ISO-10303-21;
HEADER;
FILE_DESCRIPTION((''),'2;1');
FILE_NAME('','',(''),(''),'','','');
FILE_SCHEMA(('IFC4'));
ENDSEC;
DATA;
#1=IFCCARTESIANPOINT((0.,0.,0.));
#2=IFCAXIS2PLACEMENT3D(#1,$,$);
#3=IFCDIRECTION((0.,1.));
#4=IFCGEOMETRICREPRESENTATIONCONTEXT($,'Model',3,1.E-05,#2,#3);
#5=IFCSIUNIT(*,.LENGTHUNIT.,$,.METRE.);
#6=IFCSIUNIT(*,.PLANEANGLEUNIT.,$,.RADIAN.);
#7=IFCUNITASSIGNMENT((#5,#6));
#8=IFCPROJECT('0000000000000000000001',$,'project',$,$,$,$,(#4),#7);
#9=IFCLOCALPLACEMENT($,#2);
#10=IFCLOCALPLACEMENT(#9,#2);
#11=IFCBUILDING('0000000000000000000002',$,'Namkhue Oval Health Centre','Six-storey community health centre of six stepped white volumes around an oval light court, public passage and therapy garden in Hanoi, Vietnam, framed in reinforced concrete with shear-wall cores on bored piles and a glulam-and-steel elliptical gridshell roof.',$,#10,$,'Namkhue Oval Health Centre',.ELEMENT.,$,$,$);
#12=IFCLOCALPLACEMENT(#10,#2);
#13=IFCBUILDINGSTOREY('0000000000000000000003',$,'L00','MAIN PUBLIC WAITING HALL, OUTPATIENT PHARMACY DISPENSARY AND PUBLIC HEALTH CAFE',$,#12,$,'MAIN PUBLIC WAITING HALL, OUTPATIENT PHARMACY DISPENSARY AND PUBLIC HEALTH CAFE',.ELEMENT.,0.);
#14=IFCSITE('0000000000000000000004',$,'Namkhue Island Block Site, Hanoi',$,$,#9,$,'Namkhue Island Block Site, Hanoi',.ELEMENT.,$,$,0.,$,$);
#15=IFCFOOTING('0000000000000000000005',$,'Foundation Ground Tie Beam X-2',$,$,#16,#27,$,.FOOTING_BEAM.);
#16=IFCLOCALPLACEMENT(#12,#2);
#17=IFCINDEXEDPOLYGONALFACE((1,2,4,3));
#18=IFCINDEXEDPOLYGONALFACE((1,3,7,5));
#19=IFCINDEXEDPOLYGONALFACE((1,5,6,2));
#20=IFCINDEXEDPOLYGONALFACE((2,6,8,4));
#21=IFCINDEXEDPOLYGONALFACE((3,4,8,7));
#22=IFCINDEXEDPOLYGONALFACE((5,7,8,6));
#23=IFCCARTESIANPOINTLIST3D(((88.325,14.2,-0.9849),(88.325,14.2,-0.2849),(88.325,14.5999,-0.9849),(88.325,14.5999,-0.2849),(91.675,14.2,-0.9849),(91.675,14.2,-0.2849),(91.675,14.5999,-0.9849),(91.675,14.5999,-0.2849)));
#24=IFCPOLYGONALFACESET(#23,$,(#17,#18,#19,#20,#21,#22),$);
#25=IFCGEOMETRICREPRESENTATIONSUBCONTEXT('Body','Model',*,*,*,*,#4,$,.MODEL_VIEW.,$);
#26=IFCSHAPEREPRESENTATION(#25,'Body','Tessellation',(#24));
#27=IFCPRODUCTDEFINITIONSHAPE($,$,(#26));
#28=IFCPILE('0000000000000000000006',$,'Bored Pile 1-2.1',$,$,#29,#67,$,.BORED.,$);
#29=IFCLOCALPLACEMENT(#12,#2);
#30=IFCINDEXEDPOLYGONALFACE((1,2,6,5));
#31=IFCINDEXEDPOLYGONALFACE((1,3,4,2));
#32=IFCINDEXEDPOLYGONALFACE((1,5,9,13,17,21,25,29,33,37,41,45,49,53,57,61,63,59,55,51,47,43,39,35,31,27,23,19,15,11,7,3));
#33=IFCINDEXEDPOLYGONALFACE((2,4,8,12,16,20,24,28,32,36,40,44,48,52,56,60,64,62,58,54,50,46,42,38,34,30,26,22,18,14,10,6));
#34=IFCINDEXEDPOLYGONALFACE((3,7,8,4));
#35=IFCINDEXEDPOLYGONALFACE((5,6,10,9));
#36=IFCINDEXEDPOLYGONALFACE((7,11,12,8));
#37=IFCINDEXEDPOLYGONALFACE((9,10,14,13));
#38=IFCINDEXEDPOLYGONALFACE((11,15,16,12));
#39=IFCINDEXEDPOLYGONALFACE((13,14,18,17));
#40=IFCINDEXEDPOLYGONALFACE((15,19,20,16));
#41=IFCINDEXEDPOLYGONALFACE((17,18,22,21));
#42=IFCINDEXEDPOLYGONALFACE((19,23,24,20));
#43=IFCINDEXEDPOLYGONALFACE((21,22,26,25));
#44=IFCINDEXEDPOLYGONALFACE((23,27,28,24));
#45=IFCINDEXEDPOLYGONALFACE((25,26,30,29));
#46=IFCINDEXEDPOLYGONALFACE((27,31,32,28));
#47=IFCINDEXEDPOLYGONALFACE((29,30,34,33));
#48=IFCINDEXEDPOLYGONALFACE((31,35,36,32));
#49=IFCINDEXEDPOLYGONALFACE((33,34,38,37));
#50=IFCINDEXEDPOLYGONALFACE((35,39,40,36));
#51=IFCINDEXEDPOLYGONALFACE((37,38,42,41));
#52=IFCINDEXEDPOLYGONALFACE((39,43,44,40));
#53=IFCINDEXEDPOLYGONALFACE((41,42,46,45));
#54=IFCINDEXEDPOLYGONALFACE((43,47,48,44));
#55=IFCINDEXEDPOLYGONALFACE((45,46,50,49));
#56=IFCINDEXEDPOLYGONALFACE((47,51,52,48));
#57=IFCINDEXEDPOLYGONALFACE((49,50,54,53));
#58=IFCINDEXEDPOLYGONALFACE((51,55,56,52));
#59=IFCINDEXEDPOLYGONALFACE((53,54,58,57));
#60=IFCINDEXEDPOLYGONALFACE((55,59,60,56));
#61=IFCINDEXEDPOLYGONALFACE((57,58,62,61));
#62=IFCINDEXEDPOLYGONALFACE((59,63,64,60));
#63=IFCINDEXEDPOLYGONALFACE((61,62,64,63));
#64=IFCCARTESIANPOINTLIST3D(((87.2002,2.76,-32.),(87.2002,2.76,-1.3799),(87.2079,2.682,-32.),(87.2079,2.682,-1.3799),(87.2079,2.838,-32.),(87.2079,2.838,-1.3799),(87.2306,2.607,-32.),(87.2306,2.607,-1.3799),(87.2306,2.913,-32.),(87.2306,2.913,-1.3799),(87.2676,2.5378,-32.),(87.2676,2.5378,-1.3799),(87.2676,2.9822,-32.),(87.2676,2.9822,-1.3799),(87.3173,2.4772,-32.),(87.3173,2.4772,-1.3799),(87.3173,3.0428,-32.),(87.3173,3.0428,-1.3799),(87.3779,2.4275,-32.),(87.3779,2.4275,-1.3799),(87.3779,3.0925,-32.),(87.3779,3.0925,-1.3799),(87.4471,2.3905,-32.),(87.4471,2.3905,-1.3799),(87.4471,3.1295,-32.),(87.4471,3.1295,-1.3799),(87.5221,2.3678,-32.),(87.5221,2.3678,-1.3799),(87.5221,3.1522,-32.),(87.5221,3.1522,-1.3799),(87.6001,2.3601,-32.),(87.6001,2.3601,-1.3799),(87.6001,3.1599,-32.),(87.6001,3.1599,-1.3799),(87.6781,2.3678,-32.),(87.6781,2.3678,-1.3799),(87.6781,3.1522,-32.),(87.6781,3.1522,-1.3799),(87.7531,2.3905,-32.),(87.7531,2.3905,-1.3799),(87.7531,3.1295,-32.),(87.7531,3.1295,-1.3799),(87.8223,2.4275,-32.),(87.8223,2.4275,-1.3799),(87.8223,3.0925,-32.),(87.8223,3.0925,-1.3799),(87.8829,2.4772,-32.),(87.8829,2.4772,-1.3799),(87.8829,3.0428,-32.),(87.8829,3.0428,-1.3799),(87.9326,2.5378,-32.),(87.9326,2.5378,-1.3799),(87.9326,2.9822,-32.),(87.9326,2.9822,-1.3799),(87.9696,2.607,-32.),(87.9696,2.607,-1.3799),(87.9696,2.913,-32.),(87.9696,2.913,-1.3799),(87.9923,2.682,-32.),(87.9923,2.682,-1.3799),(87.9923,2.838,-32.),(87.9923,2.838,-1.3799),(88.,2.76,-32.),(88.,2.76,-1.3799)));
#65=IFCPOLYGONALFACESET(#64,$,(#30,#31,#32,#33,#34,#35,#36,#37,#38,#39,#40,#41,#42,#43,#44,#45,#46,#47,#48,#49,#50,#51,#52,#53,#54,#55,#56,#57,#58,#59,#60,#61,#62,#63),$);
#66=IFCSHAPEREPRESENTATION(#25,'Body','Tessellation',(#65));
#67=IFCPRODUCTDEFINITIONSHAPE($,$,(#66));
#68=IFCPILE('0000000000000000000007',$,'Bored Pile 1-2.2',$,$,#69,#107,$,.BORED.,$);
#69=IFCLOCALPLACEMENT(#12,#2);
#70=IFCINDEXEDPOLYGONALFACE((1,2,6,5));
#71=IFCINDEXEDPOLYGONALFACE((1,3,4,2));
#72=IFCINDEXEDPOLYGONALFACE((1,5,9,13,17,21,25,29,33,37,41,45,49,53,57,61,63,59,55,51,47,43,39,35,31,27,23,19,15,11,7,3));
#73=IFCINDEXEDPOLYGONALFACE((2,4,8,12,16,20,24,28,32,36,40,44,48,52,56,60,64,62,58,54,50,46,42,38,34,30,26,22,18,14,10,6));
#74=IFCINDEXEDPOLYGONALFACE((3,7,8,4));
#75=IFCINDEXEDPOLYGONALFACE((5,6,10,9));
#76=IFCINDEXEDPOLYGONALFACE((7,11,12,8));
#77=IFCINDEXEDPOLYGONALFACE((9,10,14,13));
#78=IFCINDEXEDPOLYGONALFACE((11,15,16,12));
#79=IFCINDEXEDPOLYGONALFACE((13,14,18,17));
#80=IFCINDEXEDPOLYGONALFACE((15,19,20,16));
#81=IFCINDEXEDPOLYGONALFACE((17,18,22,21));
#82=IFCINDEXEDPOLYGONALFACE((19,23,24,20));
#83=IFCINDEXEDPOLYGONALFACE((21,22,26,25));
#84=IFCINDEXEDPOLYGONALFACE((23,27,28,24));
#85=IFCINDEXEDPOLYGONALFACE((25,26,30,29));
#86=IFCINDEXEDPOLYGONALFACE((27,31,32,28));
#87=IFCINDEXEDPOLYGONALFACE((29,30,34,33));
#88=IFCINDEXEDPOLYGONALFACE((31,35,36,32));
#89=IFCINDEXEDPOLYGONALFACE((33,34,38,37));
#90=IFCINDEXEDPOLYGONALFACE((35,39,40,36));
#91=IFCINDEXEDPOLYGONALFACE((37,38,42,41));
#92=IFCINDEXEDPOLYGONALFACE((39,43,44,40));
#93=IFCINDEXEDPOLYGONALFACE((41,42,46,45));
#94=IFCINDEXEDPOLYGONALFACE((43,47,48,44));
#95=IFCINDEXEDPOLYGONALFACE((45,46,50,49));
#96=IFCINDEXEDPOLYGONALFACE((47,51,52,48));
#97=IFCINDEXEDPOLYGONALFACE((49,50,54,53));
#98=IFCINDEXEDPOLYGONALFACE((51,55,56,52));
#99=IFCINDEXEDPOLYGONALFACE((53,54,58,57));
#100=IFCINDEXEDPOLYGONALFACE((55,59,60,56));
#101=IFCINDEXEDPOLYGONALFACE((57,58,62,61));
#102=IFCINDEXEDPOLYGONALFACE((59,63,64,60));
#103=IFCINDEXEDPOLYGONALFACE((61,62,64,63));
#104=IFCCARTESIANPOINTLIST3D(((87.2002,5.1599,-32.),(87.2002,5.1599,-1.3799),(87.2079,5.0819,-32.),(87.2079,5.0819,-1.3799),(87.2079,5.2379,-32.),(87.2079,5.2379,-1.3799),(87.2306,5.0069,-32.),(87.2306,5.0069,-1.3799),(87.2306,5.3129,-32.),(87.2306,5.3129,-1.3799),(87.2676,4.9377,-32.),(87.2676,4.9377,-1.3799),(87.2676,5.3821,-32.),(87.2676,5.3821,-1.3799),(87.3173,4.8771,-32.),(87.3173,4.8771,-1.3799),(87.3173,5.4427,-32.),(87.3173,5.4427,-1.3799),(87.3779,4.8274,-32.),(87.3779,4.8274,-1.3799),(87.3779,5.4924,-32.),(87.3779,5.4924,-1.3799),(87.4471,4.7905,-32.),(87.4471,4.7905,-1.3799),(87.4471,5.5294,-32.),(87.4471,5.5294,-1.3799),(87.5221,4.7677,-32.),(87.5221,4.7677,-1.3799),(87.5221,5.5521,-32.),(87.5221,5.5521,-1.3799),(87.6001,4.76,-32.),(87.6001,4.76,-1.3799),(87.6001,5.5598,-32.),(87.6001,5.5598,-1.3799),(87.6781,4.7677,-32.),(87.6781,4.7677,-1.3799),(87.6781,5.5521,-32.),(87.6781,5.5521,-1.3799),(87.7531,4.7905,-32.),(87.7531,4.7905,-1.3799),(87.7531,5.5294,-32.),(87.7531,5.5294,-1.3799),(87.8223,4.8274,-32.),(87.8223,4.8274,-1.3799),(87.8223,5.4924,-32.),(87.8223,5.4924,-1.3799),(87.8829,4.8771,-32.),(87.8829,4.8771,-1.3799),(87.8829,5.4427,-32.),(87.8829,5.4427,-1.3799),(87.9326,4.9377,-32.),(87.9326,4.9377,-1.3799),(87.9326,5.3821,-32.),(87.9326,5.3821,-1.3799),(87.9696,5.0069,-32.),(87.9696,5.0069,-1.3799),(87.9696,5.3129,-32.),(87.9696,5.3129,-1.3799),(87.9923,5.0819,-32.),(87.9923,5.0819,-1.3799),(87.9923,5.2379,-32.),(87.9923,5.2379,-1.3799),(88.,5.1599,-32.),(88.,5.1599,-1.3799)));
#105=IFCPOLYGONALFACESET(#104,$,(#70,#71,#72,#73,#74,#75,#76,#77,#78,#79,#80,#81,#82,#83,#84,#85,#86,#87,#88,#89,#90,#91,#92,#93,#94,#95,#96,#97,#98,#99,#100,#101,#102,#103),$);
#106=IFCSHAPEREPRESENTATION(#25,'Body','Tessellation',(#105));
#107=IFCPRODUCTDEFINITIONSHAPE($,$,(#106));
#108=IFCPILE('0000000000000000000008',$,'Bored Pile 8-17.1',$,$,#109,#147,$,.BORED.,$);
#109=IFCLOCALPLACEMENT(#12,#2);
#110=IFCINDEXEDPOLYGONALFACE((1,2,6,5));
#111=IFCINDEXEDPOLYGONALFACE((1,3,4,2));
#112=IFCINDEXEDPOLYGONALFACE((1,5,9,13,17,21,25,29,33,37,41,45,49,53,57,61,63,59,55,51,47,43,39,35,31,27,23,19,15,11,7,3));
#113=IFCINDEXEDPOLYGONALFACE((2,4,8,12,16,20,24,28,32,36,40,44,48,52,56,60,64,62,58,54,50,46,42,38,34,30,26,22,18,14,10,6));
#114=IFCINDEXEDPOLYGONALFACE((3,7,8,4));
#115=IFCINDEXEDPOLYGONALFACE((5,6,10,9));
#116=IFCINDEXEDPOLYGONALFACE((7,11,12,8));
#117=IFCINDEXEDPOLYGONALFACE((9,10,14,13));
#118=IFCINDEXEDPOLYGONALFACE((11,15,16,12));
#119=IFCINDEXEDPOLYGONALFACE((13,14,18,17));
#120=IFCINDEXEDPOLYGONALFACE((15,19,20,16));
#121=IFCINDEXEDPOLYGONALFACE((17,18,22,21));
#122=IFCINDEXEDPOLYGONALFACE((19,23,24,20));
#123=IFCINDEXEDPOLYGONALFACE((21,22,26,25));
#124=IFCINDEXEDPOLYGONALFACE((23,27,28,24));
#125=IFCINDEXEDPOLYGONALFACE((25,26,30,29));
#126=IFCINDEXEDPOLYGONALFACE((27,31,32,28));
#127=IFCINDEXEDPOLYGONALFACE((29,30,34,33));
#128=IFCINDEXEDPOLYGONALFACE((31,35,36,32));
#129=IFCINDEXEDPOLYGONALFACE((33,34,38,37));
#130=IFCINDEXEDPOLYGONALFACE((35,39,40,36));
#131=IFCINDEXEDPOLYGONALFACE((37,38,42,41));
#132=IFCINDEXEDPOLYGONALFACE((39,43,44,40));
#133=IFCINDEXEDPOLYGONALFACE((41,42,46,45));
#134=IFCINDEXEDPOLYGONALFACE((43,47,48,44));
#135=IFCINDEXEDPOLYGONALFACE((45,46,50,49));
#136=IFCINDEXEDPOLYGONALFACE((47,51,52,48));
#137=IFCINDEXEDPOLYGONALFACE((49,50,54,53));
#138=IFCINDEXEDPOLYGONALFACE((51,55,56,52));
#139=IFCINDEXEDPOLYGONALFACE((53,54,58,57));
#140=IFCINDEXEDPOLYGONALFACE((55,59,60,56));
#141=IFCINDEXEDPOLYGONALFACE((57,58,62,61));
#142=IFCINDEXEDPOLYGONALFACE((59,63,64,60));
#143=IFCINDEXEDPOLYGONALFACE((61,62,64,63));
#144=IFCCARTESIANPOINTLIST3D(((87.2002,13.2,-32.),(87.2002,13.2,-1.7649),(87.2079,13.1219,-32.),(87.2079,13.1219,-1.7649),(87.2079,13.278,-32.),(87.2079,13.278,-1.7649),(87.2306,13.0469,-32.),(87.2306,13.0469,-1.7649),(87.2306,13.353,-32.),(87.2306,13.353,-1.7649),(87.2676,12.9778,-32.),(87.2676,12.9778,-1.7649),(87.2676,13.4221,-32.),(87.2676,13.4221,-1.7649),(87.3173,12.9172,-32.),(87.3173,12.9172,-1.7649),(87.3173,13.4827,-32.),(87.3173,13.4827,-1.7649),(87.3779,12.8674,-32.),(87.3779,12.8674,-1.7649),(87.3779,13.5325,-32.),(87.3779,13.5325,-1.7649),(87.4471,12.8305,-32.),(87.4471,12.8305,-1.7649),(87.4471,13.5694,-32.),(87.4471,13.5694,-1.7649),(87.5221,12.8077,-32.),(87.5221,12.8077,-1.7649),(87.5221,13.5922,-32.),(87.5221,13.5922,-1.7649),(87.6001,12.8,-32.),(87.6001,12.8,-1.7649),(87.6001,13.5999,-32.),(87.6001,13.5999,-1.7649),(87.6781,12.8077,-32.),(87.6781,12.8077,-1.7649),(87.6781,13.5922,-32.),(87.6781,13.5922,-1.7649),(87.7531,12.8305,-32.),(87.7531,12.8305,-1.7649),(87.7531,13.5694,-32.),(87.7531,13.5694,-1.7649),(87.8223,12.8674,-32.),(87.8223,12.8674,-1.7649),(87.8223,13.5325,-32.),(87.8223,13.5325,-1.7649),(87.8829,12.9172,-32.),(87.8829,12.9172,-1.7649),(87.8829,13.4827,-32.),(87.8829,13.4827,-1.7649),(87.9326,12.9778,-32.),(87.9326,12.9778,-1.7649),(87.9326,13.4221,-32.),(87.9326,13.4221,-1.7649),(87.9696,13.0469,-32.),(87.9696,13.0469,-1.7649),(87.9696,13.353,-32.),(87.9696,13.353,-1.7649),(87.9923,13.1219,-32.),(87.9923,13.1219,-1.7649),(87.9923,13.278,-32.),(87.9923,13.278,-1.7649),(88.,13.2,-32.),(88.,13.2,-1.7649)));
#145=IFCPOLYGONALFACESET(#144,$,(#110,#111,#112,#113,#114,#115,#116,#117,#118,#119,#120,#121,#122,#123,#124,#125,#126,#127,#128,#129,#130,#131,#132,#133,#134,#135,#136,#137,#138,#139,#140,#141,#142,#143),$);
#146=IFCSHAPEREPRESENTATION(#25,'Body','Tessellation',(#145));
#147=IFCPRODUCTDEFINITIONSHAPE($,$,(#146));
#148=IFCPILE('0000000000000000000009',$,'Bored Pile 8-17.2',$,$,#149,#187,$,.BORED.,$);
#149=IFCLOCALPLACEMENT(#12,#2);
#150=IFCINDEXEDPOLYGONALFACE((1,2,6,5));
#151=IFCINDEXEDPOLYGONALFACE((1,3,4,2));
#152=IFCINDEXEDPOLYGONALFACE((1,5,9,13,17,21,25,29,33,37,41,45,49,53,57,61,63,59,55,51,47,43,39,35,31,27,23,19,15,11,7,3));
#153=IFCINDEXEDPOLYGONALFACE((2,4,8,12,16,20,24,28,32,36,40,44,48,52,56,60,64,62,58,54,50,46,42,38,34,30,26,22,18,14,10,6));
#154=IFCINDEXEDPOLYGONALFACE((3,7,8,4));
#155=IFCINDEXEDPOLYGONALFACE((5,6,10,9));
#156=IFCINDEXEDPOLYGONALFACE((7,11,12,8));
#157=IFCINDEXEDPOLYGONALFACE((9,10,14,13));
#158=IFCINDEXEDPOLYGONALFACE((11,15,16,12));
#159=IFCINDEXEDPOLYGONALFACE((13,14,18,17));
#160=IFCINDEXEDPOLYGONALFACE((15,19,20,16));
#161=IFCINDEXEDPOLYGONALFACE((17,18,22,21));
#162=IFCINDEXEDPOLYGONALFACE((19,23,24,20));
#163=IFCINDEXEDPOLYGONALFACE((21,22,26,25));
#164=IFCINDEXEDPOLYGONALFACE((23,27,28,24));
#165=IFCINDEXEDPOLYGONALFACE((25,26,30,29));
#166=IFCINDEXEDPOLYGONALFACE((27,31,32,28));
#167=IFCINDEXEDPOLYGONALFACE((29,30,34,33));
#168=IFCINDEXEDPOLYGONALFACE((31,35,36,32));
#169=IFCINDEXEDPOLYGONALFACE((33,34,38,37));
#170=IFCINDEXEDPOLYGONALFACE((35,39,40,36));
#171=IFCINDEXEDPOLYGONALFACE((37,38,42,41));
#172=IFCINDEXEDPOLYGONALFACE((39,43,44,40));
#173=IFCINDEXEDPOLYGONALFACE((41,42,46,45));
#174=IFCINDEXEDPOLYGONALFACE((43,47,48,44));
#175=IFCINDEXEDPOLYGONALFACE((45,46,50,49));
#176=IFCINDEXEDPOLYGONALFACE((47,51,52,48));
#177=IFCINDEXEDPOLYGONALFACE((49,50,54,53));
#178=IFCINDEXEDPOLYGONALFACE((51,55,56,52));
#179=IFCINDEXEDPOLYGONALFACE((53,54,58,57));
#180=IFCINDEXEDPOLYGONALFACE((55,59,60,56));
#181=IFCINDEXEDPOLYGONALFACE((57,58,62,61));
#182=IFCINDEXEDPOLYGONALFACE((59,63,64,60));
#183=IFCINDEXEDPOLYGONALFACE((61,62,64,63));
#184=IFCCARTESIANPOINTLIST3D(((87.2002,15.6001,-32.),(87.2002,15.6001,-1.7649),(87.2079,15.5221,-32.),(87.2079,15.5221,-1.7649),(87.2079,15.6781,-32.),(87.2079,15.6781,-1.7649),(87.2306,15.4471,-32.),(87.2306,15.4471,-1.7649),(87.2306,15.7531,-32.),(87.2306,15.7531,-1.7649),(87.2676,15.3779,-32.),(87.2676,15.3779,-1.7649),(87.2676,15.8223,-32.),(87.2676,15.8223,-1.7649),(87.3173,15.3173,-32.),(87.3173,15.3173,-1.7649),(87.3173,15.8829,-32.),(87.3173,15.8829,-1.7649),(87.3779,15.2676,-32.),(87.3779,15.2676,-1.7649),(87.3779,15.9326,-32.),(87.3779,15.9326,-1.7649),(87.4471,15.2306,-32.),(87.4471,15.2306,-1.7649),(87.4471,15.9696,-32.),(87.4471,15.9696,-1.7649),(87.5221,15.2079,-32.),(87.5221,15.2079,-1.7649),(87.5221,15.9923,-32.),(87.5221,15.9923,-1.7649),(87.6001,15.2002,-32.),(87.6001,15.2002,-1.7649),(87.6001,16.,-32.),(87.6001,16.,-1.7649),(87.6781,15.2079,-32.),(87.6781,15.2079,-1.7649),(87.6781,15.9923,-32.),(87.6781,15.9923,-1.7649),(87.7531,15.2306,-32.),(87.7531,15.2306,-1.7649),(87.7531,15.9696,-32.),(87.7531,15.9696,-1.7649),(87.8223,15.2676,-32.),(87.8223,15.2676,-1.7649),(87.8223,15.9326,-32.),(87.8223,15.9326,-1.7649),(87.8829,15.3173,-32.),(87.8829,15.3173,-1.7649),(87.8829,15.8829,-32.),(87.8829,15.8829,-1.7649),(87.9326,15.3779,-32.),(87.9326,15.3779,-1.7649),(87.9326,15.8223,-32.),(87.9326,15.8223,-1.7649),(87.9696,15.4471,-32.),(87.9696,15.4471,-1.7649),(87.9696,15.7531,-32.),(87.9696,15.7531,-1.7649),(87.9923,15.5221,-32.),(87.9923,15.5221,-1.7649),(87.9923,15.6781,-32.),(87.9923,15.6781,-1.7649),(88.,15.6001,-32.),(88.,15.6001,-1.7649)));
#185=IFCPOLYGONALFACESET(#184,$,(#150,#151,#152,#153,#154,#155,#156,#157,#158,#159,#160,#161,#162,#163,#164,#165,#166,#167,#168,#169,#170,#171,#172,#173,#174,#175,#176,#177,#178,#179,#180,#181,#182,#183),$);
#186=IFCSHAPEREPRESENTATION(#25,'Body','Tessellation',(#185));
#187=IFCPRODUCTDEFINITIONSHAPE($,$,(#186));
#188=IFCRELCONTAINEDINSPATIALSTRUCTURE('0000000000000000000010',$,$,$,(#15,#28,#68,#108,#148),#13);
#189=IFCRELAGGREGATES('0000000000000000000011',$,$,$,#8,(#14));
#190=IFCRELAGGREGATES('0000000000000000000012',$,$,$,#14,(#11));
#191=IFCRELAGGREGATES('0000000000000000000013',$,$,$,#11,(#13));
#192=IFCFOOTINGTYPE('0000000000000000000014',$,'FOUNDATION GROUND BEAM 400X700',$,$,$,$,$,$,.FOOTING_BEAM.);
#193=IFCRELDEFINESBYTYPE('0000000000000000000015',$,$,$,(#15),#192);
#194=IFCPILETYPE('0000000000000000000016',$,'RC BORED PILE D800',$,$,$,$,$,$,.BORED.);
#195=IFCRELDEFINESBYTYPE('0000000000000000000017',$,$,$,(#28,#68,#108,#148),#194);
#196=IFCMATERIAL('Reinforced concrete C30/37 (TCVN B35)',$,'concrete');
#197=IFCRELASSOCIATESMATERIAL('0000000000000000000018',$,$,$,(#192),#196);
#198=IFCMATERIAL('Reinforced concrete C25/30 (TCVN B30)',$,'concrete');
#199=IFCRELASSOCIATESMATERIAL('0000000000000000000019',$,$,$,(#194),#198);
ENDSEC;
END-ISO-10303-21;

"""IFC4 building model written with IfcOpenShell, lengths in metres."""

from ifc_helpers import new_model, si_unit, direction, frame, origin, origin_2d, place, context, subcontext, project, spatial, rectangle, circle, extrude, material, material_profile, profile_set, type_object, element, save


model = new_model("IFC4")

# Units and contexts
model_context = context("Model", 3, precision=1e-05, world=origin(), true_north=direction((0.0, 1.0)))
body_context = subcontext(model_context, "Body", "Model", "MODEL_VIEW")
ifc_project = project(units=[si_unit("LENGTHUNIT", "METRE"), si_unit("PLANEANGLEUNIT", "RADIAN")], contexts=[model_context])

# Site, building, storey
site_placement = place(None, origin())
site = spatial("IfcSite", under=ifc_project, at=site_placement, Name="Namkhue Island Block Site, Hanoi", LongName="Namkhue Island Block Site, Hanoi", CompositionType="ELEMENT", RefElevation=0.0)
building_placement = place(site_placement, origin())
building = spatial("IfcBuilding", under=site, at=building_placement, Name="Namkhue Oval Health Centre", Description="Six-storey community health centre of six stepped white volumes around an oval light court, public passage and therapy garden in Hanoi, Vietnam, framed in reinforced concrete with shear-wall cores on bored piles and a glulam-and-steel elliptical gridshell roof.", LongName="Namkhue Oval Health Centre", CompositionType="ELEMENT")
storey_placement = place(building_placement, origin())
storey = spatial("IfcBuildingStorey", under=building, at=storey_placement, Name="L00", Description="MAIN PUBLIC WAITING HALL, OUTPATIENT PHARMACY DISPENSARY AND PUBLIC HEALTH CAFE", LongName="MAIN PUBLIC WAITING HALL, OUTPATIENT PHARMACY DISPENSARY AND PUBLIC HEALTH CAFE", CompositionType="ELEMENT", Elevation=0.0)

# Footing
ifc_material_1 = material(Name="Reinforced concrete C30/37 (TCVN B35)", Category="concrete")
footing_type = type_object("IfcFootingType", Name="FOUNDATION GROUND BEAM 400X700", PredefinedType="FOOTING_BEAM", material=ifc_material_1)
footing_placement = place(storey_placement, frame((90.0, 14.3999, -0.9849), z_axis=(0.0, 0.0, 1.0), x_axis=(1.0, 0.0, 0.0)))
element("IfcFooting", 1, at=footing_placement, inside=storey, type_object=footing_type, Name="Foundation Ground Tie Beam X-2", PredefinedType="FOOTING_BEAM", context=body_context, shape_type="SweptSolid", body=[
    extrude(rectangle(XDim=3.3501, YDim=0.3999, at=origin_2d()), origin(), (0.0, 0.0, 1.0), 0.7),
])

# Piles
ifc_material_2 = material(Name="Reinforced concrete C25/30 (TCVN B30)", Category="concrete")
ifc_material_profile_1 = material_profile(ifc_material_2, circle(Radius=0.3999, at=origin_2d()), Name="BORED PILE D800")
ifc_profile_set_1 = profile_set([ifc_material_profile_1], Name="Reinforced concrete C25/30 (TCVN B30)")
pile_type = type_object("IfcPileType", Name="RC BORED PILE D800", PredefinedType="BORED", material=ifc_profile_set_1)
for number, where, z_axis, x_axis, name in (
    (2, (87.6001, 2.76, -1.3799), (0.0, 0.0, -1.0), (1.0, 0.0, 0.0), "Bored Pile 1-2.1"),
    (3, (87.6001, 5.1599, -1.3799), (0.0, 0.0, -1.0), (1.0, 0.0, 0.0), "Bored Pile 1-2.2"),
):
    element("IfcPile", number, at=place(storey_placement, frame(where, z_axis=z_axis, x_axis=x_axis)), inside=storey, type_object=pile_type, Name=name, PredefinedType="BORED", context=body_context, shape_type="SweptSolid", body=[
        extrude(circle(Radius=0.3999, at=origin_2d()), origin(), (0.0, 0.0, 1.0), 30.6201),
    ])
for number, where, z_axis, x_axis, name in (
    (4, (87.6001, 13.2, -1.7649), (0.0, 0.0, -1.0), (1.0, 0.0, 0.0), "Bored Pile 8-17.1"),
    (5, (87.6001, 15.6001, -1.7649), (0.0, 0.0, -1.0), (1.0, 0.0, 0.0), "Bored Pile 8-17.2"),
):
    element("IfcPile", number, at=place(storey_placement, frame(where, z_axis=z_axis, x_axis=x_axis)), inside=storey, type_object=pile_type, Name=name, PredefinedType="BORED", context=body_context, shape_type="SweptSolid", body=[
        extrude(circle(Radius=0.3999, at=origin_2d()), origin(), (0.0, 0.0, 1.0), 30.2351),
    ])

save(model, "model.ifc")
